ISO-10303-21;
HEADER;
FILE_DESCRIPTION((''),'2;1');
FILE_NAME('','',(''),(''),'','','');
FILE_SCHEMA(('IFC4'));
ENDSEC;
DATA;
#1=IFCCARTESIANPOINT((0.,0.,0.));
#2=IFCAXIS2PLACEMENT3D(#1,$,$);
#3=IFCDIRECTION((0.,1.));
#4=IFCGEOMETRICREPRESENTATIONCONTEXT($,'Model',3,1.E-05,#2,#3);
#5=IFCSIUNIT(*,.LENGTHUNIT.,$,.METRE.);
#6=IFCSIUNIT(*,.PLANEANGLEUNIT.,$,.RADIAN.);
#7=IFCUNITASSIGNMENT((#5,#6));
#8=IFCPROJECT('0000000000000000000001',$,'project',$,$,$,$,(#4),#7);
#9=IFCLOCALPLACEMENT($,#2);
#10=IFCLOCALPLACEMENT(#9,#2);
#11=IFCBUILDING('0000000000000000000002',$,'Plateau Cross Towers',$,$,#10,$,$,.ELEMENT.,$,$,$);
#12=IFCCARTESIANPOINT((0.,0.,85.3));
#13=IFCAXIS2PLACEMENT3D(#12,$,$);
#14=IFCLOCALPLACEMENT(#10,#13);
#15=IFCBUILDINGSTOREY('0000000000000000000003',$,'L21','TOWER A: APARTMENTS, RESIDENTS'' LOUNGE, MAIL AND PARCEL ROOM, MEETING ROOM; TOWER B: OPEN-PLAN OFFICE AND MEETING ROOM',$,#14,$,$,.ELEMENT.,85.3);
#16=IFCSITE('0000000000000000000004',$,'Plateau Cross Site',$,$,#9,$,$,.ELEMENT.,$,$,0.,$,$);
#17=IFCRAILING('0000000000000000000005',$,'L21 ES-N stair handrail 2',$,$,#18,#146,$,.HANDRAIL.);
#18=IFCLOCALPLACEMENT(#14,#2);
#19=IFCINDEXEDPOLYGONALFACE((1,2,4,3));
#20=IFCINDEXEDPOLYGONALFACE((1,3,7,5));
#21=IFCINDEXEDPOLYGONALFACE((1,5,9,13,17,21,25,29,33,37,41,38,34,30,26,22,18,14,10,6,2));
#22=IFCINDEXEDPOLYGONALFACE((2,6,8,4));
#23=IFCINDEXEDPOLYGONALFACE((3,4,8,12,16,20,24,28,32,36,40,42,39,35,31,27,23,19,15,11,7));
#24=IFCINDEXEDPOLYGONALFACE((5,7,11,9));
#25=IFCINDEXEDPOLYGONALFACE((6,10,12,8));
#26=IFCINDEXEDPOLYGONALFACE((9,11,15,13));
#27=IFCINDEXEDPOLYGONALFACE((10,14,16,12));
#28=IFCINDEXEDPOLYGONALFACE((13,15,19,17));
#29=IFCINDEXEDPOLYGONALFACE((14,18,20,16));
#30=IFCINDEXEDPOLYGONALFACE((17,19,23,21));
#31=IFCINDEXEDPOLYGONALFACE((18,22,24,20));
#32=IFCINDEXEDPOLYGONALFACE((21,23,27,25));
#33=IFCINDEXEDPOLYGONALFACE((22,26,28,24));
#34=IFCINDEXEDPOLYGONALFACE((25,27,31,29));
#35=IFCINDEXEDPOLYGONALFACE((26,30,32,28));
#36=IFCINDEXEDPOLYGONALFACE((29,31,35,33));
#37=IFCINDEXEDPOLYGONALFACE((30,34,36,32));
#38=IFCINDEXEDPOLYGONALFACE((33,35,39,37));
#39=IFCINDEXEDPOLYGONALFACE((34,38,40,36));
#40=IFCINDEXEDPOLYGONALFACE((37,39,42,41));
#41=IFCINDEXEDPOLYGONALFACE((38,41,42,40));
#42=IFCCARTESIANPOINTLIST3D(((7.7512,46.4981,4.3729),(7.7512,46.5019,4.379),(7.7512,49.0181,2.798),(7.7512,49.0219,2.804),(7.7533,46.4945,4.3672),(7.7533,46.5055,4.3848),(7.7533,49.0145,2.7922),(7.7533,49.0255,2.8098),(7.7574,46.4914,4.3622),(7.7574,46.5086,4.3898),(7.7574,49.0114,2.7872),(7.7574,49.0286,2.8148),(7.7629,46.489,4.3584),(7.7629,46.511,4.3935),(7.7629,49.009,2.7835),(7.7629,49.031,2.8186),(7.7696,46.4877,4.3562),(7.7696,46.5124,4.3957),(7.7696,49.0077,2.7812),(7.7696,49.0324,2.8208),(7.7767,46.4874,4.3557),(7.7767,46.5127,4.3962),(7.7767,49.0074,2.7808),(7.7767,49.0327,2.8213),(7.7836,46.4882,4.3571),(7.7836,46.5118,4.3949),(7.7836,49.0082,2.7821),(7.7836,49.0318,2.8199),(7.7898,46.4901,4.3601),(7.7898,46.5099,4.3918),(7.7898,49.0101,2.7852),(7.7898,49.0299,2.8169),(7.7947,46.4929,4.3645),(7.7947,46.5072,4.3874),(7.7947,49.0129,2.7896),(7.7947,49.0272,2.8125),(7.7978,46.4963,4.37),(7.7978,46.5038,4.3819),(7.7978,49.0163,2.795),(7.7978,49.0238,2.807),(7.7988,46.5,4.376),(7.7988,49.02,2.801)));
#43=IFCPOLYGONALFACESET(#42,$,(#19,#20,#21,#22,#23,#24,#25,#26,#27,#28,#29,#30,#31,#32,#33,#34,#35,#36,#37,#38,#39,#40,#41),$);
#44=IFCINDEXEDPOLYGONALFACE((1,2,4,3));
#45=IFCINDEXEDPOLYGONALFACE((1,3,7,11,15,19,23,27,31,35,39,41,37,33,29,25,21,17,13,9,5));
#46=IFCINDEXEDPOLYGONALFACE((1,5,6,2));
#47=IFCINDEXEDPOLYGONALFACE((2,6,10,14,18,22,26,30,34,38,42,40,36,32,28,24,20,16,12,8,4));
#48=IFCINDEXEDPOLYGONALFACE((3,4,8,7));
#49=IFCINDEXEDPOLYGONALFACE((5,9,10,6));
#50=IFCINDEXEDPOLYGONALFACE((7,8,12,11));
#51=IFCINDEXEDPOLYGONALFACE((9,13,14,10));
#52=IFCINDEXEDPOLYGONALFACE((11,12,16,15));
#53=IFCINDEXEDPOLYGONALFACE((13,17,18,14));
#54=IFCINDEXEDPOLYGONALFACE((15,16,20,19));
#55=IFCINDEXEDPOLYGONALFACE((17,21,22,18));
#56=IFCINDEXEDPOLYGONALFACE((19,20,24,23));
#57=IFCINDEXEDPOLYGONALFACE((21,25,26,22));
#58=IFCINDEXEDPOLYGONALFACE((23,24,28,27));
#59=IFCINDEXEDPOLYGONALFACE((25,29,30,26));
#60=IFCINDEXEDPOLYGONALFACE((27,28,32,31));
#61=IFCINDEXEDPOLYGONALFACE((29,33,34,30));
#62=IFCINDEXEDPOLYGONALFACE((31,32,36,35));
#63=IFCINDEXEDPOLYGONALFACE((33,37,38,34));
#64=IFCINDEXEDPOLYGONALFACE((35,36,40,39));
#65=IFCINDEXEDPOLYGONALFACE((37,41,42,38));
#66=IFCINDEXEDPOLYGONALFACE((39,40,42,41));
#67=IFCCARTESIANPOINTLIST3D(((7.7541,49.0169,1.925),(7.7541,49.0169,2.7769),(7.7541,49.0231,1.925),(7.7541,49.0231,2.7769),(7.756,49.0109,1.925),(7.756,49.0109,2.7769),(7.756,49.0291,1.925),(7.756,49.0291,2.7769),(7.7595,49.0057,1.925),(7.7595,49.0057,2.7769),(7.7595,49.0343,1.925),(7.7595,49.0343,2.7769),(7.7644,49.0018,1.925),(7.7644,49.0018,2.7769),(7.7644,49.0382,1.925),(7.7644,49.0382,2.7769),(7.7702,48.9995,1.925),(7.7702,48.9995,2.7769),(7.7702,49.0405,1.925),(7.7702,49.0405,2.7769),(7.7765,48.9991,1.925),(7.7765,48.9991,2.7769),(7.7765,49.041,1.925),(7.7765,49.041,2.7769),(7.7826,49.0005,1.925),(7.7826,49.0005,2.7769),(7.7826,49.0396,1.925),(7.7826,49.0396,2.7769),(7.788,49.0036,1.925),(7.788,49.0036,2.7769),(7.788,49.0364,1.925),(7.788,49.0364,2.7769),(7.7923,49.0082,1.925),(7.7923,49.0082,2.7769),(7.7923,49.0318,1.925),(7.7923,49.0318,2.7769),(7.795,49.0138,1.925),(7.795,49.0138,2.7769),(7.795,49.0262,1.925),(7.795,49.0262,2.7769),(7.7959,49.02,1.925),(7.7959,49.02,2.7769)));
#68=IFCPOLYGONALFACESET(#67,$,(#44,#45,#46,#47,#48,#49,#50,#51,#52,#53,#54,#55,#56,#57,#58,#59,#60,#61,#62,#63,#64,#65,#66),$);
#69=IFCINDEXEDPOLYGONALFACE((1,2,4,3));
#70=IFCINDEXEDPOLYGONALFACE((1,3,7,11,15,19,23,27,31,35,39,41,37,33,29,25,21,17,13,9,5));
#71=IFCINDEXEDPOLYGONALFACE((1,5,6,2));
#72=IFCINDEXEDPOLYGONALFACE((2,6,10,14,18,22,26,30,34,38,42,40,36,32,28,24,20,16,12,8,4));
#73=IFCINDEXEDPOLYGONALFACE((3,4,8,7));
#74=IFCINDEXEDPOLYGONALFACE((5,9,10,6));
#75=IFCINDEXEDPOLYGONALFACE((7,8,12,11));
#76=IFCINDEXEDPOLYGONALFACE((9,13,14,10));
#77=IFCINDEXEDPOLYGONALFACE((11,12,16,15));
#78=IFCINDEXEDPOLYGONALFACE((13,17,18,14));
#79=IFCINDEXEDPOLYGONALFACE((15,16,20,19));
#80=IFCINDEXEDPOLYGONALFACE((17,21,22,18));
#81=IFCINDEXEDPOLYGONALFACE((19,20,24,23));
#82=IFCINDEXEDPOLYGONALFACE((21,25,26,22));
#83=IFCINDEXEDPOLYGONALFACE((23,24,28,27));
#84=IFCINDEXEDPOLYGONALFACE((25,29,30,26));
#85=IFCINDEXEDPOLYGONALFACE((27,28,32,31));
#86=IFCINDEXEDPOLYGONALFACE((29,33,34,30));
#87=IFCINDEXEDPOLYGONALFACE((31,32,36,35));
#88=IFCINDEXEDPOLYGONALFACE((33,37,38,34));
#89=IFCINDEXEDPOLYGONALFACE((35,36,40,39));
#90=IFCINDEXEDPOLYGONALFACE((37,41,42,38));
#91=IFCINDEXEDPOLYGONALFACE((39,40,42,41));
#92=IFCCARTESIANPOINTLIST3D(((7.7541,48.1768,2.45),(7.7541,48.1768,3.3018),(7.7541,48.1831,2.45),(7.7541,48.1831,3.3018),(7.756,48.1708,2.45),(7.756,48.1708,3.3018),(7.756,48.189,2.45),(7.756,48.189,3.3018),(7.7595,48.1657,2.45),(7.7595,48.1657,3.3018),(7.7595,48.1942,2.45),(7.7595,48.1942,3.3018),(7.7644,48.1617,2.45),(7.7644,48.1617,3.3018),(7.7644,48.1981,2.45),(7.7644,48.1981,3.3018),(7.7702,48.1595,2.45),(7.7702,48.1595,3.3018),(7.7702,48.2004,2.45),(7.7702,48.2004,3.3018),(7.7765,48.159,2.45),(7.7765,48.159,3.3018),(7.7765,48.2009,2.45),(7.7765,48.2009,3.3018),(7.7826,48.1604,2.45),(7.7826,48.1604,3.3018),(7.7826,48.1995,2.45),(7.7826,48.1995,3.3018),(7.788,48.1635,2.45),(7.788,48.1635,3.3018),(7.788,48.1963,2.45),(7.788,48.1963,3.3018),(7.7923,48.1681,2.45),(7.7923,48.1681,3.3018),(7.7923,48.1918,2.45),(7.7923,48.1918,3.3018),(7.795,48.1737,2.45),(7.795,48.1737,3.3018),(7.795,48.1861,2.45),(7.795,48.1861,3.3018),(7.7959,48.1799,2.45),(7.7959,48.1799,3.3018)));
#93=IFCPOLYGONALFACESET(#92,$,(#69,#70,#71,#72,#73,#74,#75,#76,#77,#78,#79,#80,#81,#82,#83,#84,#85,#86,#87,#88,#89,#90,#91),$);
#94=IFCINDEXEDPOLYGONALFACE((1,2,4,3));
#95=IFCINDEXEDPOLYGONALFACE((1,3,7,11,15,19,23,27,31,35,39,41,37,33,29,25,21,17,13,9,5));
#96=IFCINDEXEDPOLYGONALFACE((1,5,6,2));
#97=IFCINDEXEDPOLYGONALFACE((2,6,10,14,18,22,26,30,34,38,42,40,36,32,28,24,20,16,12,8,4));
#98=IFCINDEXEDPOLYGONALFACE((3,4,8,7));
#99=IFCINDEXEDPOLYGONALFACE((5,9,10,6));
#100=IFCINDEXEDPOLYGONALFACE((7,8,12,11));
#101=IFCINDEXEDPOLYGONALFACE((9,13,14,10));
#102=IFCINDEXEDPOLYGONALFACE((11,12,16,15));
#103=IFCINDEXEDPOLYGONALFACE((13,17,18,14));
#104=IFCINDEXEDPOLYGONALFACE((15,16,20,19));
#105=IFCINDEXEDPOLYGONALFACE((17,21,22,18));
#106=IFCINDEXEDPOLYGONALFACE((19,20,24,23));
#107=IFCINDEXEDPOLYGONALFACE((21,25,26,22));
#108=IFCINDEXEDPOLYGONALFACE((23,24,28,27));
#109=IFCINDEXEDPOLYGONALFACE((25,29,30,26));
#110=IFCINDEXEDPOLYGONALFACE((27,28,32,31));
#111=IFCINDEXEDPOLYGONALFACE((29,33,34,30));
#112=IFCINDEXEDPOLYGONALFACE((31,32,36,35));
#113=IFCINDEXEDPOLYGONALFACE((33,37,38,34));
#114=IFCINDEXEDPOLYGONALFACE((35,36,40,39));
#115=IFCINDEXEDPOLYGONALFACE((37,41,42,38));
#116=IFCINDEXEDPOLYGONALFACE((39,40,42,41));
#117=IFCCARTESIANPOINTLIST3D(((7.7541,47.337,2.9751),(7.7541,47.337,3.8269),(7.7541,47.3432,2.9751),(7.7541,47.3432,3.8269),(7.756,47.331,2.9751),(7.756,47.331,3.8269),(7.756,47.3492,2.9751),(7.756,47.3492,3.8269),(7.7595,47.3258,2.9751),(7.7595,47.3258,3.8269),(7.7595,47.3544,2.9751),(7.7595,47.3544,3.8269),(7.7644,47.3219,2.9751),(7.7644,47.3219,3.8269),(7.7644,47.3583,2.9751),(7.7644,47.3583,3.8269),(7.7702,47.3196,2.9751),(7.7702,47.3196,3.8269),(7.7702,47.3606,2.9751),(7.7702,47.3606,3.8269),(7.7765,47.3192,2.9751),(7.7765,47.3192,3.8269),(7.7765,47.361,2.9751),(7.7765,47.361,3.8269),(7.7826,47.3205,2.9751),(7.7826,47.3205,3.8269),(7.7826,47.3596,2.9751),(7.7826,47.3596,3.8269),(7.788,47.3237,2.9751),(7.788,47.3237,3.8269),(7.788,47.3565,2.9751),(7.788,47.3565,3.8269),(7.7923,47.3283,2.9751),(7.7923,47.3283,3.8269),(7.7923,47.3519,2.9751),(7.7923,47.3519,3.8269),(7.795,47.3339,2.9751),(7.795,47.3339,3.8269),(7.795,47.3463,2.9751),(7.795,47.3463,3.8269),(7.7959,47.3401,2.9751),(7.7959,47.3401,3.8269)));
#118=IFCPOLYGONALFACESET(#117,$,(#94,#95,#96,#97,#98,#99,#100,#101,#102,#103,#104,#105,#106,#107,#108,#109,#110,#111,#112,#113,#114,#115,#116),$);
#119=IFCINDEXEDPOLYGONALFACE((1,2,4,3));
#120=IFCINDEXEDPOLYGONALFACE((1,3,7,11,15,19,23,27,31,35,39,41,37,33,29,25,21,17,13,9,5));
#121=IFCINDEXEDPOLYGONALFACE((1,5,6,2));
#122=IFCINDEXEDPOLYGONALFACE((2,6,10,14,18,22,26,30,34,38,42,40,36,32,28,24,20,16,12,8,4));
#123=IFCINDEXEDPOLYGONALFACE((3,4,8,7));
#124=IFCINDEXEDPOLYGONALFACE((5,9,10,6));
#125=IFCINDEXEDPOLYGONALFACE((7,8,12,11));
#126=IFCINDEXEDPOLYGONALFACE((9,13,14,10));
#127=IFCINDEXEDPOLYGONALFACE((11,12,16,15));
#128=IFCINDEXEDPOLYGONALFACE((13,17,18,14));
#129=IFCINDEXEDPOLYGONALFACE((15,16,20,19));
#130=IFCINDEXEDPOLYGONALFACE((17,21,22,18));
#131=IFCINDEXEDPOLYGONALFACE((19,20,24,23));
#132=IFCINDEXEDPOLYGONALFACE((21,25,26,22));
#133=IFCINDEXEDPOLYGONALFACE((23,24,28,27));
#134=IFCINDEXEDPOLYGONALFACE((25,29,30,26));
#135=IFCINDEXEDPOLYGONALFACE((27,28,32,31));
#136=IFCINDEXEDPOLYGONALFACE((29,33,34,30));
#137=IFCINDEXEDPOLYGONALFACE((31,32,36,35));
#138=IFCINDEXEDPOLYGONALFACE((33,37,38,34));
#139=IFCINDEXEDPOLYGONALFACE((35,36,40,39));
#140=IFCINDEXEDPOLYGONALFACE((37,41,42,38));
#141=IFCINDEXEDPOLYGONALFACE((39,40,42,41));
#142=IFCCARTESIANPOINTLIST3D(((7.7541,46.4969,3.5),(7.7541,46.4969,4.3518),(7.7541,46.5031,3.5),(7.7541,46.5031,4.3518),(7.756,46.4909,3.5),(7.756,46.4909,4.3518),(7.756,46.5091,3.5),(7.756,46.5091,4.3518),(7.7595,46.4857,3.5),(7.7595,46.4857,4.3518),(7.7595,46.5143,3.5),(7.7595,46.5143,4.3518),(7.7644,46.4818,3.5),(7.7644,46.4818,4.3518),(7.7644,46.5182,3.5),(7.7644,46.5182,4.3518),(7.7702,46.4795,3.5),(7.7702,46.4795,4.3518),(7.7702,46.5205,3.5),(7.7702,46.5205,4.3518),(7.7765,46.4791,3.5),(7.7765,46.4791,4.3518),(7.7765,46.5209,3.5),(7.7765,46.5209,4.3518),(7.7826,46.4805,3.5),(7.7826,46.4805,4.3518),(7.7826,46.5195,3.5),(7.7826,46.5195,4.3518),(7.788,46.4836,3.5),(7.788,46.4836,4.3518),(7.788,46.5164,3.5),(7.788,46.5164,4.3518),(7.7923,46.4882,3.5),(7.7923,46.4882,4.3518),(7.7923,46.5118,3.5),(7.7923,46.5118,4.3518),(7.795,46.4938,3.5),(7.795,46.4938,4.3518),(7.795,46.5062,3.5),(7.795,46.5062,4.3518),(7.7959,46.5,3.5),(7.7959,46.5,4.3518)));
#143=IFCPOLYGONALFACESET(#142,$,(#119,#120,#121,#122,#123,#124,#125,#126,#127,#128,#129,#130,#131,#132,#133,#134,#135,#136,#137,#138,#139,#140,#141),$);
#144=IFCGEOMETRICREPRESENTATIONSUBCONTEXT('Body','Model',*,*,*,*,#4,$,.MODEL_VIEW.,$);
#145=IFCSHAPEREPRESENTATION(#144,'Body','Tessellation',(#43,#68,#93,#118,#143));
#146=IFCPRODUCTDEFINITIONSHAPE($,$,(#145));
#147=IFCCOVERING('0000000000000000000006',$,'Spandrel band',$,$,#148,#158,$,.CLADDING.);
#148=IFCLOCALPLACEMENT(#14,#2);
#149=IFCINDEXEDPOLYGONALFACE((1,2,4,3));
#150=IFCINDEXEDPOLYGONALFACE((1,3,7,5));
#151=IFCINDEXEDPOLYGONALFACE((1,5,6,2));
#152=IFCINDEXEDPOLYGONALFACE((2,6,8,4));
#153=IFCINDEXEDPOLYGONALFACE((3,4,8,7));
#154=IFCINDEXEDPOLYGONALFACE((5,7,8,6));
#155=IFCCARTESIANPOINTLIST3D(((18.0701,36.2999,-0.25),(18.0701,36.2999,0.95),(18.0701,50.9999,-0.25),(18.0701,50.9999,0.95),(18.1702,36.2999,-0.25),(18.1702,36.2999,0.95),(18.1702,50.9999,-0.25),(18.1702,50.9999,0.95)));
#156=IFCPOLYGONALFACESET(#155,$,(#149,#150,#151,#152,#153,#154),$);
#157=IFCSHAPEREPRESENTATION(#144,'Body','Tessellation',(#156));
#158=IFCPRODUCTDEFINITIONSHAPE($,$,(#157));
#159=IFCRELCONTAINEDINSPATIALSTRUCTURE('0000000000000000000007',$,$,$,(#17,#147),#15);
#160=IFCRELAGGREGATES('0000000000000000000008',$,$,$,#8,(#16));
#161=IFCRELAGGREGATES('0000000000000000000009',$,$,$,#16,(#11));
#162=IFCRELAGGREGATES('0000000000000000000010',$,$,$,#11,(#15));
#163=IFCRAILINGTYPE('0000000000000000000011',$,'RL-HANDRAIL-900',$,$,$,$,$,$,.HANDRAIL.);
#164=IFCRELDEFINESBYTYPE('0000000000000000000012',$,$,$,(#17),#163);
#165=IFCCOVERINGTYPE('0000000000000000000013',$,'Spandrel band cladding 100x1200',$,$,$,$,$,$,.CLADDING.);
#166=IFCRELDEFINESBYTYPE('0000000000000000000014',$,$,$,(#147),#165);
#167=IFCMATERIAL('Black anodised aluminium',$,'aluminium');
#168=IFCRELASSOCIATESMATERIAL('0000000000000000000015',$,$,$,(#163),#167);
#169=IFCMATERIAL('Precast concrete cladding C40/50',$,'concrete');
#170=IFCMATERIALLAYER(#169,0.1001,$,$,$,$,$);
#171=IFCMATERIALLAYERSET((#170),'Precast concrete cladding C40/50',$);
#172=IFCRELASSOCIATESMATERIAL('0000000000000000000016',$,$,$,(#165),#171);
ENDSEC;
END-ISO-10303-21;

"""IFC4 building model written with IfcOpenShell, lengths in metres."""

from ifc_helpers import new_model, si_unit, direction, frame, origin, origin_2d, place, context, subcontext, project, spatial, rectangle, circle, extrude, material, layer, layer_set, type_object, element, save


model = new_model("IFC4")

# Units and contexts
model_context = context("Model", 3, precision=1e-05, world=origin(), true_north=direction((0.0, 1.0)))
body_context = subcontext(model_context, "Body", "Model", "MODEL_VIEW")
ifc_project = project(units=[si_unit("LENGTHUNIT", "METRE"), si_unit("PLANEANGLEUNIT", "RADIAN")], contexts=[model_context])

# Site, building, storey
site_placement = place(None, origin())
site = spatial("IfcSite", under=ifc_project, at=site_placement, Name="Plateau Cross Site", CompositionType="ELEMENT", RefElevation=0.0)
building_placement = place(site_placement, origin())
building = spatial("IfcBuilding", under=site, at=building_placement, Name="Plateau Cross Towers", CompositionType="ELEMENT")
storey_placement = place(building_placement, frame((0.0, 0.0, 85.3)))
storey = spatial("IfcBuildingStorey", under=building, at=storey_placement, Name="L21", Description="TOWER A: APARTMENTS, RESIDENTS' LOUNGE, MAIL AND PARCEL ROOM, MEETING ROOM; TOWER B: OPEN-PLAN OFFICE AND MEETING ROOM", CompositionType="ELEMENT", Elevation=85.3)

# Shared definitions
ifc_material_1 = material(Name="Black anodised aluminium", Category="aluminium")

# Railing
railing_type_1 = type_object("IfcRailingType", Name="RL-HANDRAIL-900", PredefinedType="HANDRAIL", material=ifc_material_1)
railing_1_placement = place(storey_placement, frame((7.7749, 49.02, 1.925)))
element("IfcRailing", 1, at=railing_1_placement, inside=storey, type_object=railing_type_1, Name="L21 ES-N stair handrail 2", PredefinedType="HANDRAIL", context=body_context, shape_type="SweptSolid", body=[
    extrude(circle(Radius=0.0239, at=origin_2d()), frame((0.0, 0.0, 0.876), z_axis=(0.0, -0.848008, 0.529984), x_axis=(1.0, 0.0, 0.0)), (0.0, 0.0, 1.0), 2.9717),
    extrude(circle(Radius=0.021, at=origin_2d()), origin(), (0.0, 0.0, 1.0), 0.8518),
    extrude(circle(Radius=0.021, at=origin_2d()), frame((0.0, -0.8401, 0.5249)), (0.0, 0.0, 1.0), 0.8518),
    extrude(circle(Radius=0.021, at=origin_2d()), frame((0.0, -1.6799, 1.05)), (0.0, 0.0, 1.0), 0.8518),
    extrude(circle(Radius=0.021, at=origin_2d()), frame((0.0, -2.52, 1.575)), (0.0, 0.0, 1.0), 0.8518),
])

# Covering
ifc_material_2 = material(Name="Precast concrete cladding C40/50", Category="concrete")
ifc_layer_1 = layer(ifc_material_2, 0.1001)
ifc_layer_set_1 = layer_set([ifc_layer_1], Name="Precast concrete cladding C40/50")
covering_type = type_object("IfcCoveringType", Name="Spandrel band cladding 100x1200", PredefinedType="CLADDING", material=ifc_layer_set_1)
covering_placement = place(storey_placement, frame((18.1201, 43.6499, -0.25), z_axis=(0.0, 0.0, 1.0), x_axis=(0.0, 1.0, 0.0)))
element("IfcCovering", 2, at=covering_placement, inside=storey, type_object=covering_type, Name="Spandrel band", PredefinedType="CLADDING", context=body_context, shape_type="SweptSolid", body=[
    extrude(rectangle(XDim=14.7, YDim=0.1001, at=origin_2d()), origin(), (0.0, 0.0, 1.0), 1.2),
])

save(model, "model.ifc")
